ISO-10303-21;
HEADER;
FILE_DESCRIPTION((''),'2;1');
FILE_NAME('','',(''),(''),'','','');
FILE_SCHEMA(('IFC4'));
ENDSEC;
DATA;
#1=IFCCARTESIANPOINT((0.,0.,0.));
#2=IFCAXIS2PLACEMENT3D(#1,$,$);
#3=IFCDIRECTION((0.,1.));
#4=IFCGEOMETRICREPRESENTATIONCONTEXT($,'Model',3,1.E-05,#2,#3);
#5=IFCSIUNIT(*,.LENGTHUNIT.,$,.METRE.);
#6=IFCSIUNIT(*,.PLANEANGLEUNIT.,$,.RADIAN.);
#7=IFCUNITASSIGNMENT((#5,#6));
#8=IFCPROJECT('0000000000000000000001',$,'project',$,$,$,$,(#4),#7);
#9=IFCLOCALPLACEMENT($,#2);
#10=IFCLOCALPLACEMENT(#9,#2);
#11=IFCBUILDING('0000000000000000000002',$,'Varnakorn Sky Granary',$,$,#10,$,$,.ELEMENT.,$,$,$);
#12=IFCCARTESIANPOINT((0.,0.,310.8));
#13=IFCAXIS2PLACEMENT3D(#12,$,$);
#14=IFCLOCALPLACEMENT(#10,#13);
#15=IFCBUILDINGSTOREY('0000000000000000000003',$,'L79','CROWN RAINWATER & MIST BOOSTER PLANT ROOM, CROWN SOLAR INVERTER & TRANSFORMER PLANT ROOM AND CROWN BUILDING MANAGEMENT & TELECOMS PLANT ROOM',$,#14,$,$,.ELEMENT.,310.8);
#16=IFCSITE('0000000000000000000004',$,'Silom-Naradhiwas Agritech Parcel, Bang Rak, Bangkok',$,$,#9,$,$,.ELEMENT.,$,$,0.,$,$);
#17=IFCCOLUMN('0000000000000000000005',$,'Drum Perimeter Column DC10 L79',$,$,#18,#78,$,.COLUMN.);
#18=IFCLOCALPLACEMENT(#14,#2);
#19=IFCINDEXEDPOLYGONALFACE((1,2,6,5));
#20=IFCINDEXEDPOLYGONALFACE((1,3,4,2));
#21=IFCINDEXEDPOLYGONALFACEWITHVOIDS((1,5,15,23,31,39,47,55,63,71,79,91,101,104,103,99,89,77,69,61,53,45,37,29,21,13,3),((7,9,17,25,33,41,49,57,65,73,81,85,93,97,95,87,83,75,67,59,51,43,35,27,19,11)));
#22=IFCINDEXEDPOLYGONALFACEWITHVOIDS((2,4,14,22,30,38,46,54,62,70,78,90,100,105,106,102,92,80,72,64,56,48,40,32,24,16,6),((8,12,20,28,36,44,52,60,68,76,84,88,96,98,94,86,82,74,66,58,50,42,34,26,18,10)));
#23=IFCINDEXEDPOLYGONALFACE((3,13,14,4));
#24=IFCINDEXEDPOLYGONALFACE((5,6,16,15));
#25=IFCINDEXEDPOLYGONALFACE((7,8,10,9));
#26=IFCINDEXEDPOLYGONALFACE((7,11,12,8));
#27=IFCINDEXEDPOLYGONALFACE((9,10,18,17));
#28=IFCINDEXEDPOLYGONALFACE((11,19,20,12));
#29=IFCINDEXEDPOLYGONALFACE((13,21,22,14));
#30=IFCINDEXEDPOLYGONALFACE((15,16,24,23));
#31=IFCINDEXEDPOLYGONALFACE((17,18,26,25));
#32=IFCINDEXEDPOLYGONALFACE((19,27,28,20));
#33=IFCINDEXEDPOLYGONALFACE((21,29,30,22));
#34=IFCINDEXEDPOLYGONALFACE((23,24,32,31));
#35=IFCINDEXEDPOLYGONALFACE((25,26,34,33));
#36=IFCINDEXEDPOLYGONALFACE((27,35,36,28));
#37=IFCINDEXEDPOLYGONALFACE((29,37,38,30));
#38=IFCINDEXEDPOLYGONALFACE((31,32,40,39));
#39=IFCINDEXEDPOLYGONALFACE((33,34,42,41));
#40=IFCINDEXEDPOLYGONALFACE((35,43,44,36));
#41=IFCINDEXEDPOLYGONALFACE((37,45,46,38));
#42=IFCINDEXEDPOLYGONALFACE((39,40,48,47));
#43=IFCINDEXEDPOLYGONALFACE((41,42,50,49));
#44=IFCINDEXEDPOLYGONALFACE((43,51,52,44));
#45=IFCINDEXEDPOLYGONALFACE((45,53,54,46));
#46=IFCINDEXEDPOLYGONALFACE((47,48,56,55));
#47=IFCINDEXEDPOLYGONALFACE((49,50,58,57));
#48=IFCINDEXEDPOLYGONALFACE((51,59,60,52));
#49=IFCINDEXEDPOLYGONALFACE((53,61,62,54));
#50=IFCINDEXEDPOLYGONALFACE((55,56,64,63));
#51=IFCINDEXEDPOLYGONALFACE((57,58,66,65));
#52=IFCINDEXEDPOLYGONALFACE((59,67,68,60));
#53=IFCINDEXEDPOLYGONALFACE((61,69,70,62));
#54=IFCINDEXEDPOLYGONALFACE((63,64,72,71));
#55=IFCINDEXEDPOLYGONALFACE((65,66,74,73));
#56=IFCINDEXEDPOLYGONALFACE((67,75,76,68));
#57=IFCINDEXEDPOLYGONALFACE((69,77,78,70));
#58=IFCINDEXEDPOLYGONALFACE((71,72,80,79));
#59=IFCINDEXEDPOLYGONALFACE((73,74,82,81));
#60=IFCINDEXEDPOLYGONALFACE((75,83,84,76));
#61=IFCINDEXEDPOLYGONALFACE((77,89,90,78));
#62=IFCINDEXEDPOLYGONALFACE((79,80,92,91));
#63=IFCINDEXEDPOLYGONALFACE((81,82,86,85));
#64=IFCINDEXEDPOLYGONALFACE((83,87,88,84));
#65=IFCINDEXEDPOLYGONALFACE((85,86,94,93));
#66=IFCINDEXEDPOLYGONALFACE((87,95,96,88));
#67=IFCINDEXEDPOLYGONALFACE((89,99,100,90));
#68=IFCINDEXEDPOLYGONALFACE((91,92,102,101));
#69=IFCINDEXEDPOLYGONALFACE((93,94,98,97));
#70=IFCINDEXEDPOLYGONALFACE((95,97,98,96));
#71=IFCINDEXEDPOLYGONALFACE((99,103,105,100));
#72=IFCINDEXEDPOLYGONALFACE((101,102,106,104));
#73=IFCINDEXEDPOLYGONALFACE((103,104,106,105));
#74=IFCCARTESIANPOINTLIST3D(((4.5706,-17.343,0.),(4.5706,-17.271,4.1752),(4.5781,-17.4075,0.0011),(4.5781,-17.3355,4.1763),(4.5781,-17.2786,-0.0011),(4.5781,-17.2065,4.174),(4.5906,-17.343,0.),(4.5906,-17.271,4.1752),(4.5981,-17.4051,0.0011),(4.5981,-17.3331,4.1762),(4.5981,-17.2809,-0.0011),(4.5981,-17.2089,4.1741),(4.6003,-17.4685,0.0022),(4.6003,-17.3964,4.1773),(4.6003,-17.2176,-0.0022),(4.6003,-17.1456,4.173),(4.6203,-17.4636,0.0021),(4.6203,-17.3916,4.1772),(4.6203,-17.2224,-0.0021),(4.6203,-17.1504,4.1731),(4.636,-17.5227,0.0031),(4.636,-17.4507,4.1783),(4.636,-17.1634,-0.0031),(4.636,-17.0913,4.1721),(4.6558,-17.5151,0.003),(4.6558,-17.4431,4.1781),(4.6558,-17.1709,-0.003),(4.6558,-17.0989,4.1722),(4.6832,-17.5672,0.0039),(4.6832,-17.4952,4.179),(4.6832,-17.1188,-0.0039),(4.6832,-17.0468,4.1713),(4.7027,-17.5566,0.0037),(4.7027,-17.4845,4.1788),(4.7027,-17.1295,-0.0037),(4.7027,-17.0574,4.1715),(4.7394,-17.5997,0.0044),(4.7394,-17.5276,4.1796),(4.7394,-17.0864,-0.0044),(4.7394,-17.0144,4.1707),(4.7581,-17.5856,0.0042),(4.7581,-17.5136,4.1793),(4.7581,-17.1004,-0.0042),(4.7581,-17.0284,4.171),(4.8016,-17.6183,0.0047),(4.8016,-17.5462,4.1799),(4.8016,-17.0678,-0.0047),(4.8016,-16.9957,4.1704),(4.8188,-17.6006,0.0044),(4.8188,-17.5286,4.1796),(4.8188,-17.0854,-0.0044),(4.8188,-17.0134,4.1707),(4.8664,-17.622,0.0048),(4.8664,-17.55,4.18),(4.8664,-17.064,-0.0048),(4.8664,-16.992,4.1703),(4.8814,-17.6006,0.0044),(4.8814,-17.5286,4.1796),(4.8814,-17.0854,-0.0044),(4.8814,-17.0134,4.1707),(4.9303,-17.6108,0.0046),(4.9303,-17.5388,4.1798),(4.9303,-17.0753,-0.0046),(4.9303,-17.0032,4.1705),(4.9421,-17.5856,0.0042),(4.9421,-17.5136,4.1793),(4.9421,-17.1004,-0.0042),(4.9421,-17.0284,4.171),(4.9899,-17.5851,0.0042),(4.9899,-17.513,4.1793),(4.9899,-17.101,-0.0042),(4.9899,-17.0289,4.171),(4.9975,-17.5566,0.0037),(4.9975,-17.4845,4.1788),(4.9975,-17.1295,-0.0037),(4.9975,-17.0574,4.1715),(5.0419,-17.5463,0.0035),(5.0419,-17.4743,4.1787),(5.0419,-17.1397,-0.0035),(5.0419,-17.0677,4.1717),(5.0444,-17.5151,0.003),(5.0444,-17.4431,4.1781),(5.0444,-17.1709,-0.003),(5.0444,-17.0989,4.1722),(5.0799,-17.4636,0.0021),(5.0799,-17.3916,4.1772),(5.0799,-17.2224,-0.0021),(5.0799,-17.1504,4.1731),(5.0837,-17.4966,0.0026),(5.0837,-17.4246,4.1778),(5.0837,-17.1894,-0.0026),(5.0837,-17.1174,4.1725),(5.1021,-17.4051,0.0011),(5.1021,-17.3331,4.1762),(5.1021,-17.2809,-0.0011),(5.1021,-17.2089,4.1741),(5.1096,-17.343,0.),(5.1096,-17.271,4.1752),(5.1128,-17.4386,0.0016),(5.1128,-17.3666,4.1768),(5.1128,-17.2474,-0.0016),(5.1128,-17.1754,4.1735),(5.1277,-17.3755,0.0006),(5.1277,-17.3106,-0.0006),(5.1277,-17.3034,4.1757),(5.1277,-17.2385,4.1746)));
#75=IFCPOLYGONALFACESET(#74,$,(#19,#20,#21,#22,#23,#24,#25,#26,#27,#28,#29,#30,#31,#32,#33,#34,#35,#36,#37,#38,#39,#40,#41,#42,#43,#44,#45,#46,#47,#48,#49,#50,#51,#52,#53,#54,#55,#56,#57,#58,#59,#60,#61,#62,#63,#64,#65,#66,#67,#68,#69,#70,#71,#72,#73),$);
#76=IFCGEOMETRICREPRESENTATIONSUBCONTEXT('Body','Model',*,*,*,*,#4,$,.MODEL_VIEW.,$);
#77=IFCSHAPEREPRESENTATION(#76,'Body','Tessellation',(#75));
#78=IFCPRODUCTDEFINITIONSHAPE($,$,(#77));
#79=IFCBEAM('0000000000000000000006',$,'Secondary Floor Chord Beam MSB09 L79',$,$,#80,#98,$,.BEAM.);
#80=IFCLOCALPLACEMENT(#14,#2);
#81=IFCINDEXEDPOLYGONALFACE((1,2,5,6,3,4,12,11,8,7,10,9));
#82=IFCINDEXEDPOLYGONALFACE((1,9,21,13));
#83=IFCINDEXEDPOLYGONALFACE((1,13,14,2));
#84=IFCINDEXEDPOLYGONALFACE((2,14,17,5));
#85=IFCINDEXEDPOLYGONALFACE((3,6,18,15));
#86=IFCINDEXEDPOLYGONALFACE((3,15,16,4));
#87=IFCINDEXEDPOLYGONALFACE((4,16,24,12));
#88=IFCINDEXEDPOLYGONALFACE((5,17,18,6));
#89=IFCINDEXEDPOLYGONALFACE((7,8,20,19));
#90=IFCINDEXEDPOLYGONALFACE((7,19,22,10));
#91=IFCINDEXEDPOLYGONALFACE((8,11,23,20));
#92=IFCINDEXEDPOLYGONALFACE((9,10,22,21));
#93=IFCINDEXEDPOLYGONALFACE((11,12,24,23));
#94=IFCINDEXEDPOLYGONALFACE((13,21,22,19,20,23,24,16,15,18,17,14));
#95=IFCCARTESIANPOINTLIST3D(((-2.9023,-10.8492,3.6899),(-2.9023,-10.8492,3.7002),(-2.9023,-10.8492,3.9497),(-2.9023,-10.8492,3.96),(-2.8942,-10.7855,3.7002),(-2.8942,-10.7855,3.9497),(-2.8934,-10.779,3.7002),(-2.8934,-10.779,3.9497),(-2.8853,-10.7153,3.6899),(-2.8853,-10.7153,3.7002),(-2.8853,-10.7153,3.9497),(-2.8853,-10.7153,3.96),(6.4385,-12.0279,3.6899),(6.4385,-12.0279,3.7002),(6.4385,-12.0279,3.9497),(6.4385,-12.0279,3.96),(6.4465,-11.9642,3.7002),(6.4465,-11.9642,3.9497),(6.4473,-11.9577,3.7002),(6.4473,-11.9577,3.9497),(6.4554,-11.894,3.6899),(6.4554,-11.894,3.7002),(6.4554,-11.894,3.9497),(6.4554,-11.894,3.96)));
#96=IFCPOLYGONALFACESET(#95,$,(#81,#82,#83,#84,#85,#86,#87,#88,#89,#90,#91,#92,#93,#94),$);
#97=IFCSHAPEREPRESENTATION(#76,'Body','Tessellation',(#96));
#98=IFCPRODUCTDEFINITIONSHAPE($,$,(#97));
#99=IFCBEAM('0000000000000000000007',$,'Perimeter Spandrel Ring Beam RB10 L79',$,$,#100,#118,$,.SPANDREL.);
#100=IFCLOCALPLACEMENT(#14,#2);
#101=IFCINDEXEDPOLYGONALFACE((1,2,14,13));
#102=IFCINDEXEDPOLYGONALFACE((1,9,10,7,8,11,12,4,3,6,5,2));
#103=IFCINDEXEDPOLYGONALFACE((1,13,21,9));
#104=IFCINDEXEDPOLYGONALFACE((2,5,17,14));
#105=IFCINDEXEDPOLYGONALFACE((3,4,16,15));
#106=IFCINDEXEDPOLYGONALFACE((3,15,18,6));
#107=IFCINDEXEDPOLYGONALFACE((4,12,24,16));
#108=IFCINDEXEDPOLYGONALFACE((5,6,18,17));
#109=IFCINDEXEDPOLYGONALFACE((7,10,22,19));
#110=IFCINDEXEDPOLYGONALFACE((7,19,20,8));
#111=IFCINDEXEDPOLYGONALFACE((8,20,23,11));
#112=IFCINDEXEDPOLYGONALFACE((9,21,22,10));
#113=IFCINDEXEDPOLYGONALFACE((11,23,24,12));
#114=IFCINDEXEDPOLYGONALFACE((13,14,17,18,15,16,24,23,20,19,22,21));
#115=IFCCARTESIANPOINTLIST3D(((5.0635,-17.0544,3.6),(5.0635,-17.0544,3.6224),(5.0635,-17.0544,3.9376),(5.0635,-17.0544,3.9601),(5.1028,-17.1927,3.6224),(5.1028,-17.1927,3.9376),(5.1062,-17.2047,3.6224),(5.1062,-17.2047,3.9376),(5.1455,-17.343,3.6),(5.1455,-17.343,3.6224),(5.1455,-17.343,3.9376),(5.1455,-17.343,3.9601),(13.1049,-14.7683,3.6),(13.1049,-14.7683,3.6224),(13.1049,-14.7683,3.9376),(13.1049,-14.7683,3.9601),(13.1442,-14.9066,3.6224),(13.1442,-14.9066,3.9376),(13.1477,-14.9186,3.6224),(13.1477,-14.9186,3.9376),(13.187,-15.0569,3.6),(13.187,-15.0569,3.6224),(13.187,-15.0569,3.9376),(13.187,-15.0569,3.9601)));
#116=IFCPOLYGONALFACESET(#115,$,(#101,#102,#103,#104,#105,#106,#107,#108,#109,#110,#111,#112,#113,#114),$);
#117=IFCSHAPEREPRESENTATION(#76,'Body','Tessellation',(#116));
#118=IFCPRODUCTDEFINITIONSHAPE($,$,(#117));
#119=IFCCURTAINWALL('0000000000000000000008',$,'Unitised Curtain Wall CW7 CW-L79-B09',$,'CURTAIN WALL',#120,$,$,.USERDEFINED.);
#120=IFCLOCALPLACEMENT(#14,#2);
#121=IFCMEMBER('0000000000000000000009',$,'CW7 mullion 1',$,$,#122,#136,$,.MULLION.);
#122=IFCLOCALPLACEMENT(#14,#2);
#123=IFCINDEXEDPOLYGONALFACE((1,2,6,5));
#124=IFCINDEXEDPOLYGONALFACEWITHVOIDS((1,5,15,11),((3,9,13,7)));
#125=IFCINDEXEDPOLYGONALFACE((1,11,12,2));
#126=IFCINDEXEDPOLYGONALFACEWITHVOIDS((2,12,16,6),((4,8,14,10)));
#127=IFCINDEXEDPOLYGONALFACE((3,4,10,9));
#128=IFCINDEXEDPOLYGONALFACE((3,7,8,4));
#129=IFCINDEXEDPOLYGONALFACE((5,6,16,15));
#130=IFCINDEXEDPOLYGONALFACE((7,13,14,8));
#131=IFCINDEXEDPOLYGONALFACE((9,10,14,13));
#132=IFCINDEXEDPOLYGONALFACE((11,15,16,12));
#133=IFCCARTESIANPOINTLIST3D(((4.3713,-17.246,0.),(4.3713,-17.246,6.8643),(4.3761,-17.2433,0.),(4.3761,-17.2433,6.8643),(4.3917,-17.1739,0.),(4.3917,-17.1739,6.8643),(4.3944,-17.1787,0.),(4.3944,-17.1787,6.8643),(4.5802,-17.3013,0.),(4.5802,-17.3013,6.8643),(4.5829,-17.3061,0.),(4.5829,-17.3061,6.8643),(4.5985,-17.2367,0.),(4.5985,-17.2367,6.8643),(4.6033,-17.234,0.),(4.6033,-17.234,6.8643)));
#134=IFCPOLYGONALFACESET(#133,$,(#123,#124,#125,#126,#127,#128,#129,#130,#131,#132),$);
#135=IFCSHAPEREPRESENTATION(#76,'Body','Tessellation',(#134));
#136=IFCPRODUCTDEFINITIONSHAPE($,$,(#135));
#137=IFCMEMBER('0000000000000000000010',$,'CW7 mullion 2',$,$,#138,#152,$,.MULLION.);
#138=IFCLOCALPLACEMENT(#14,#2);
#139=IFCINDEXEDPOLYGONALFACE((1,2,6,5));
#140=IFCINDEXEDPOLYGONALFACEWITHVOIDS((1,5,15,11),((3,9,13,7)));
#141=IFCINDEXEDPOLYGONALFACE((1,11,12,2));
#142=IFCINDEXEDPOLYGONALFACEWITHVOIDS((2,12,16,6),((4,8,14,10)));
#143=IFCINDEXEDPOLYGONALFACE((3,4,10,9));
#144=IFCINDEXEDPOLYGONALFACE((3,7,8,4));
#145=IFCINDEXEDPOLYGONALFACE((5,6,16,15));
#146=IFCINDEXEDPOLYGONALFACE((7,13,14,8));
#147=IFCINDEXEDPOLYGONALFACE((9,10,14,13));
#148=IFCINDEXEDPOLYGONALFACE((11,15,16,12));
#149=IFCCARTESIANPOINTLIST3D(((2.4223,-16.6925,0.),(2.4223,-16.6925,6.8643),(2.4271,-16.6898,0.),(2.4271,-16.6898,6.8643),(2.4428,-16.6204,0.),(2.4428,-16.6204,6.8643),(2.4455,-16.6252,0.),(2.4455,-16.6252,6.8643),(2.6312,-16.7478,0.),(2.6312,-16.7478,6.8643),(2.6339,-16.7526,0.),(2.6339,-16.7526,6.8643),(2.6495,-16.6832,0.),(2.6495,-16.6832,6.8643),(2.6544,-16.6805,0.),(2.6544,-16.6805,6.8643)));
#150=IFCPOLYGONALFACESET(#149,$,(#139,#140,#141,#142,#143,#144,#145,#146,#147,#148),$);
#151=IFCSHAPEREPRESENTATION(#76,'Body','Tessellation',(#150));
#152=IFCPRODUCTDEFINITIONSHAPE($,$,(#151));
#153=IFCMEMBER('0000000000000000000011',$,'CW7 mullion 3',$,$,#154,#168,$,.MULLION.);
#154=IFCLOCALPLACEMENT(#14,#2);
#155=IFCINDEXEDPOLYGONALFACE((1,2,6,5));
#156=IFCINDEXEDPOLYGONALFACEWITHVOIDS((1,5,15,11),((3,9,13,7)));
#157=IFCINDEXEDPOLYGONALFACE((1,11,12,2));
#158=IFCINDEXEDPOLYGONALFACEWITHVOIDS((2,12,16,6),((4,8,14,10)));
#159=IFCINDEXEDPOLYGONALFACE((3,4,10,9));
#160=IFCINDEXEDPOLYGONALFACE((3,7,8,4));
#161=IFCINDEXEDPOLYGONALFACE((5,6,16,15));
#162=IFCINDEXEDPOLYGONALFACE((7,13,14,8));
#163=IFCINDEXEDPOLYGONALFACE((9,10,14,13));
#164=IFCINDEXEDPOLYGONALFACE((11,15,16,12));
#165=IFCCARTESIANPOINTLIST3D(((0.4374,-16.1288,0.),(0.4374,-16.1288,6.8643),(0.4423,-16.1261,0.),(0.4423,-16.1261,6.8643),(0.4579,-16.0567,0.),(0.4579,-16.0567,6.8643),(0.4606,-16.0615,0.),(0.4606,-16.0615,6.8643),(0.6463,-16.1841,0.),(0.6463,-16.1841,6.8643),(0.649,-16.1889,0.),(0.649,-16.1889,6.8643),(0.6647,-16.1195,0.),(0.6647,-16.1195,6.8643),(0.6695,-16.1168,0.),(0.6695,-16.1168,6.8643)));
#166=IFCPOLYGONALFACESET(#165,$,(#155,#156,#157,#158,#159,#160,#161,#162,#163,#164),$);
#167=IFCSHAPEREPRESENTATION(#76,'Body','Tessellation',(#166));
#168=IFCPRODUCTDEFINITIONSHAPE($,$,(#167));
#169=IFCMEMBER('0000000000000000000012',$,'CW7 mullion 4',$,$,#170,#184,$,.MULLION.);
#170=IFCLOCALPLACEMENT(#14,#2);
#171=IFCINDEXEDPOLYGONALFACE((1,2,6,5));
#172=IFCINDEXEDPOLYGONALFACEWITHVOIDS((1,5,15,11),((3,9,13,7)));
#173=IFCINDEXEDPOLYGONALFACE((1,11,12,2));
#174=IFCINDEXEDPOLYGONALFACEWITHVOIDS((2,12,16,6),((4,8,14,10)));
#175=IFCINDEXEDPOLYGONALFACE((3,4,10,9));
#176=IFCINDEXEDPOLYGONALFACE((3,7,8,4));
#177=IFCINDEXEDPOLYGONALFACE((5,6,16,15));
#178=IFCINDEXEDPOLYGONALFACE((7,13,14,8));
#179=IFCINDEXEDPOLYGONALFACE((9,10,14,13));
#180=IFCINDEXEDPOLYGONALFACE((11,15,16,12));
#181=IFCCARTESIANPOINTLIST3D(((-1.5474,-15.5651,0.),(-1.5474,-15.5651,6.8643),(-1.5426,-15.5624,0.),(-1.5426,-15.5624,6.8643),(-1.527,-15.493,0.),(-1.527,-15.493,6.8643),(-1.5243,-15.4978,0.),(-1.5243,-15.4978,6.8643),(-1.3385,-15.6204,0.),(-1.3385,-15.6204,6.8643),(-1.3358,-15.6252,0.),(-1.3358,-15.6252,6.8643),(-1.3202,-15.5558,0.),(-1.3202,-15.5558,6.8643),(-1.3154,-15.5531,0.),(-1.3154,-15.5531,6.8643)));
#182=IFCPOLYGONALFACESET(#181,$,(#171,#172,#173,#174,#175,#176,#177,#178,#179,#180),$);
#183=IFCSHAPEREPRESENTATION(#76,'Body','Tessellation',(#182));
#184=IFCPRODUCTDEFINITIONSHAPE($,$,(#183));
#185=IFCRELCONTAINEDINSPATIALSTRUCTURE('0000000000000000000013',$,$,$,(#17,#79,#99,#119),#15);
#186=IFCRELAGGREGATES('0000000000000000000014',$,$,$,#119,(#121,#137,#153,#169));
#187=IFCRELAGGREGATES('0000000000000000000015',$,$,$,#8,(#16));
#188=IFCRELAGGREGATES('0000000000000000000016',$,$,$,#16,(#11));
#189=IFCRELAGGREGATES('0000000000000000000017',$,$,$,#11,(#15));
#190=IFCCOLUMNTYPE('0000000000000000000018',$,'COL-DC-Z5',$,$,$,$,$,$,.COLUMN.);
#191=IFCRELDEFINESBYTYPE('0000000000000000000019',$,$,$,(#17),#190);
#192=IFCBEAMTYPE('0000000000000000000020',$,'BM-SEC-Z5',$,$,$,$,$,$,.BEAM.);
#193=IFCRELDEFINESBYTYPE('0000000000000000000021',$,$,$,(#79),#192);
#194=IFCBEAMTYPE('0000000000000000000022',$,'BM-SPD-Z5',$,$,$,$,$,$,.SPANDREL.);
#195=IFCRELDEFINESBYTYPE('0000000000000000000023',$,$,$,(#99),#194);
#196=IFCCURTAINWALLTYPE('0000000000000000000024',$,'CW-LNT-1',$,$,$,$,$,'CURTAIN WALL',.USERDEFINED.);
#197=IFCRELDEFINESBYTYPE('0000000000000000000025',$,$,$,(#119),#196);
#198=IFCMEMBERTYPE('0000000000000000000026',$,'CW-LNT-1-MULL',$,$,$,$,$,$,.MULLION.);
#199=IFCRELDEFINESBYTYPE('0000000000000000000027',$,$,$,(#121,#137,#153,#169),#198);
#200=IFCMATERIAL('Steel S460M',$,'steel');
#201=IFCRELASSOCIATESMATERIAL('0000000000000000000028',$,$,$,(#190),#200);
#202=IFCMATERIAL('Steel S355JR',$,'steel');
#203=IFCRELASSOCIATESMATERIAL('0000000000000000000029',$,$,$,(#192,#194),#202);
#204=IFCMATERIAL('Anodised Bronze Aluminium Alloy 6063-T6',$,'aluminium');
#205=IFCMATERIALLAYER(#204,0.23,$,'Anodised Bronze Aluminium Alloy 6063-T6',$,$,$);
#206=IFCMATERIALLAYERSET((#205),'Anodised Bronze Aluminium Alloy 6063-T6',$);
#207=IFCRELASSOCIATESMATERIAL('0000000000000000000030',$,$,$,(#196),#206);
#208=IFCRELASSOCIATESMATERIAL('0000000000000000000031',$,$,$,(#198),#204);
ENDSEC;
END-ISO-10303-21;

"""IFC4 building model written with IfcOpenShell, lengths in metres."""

from ifc_helpers import new_model, si_unit, direction, frame, origin, origin_2d, place, context, subcontext, project, spatial, hollow_rectangle, hollow_circle, i_section, extrude, material, layer, layer_set, material_profile, profile_set, type_object, element, aggregate, save


model = new_model("IFC4")

# Units and contexts
model_context = context("Model", 3, precision=1e-05, world=origin(), true_north=direction((0.0, 1.0)))
body_context = subcontext(model_context, "Body", "Model", "MODEL_VIEW")
ifc_project = project(units=[si_unit("LENGTHUNIT", "METRE"), si_unit("PLANEANGLEUNIT", "RADIAN")], contexts=[model_context])

# Site, building, storey
site_placement = place(None, origin())
site = spatial("IfcSite", under=ifc_project, at=site_placement, Name="Silom-Naradhiwas Agritech Parcel, Bang Rak, Bangkok", CompositionType="ELEMENT", RefElevation=0.0)
building_placement = place(site_placement, origin())
building = spatial("IfcBuilding", under=site, at=building_placement, Name="Varnakorn Sky Granary", CompositionType="ELEMENT")
storey_placement = place(building_placement, frame((0.0, 0.0, 310.8)))
storey = spatial("IfcBuildingStorey", under=building, at=storey_placement, Name="L79", Description="CROWN RAINWATER & MIST BOOSTER PLANT ROOM, CROWN SOLAR INVERTER & TRANSFORMER PLANT ROOM AND CROWN BUILDING MANAGEMENT & TELECOMS PLANT ROOM", CompositionType="ELEMENT", Elevation=310.8)

# Column
ifc_material_1 = material(Name="Steel S460M", Category="steel")
ifc_material_profile_1 = material_profile(ifc_material_1, hollow_circle(Radius=0.2795, WallThickness=0.02, at=origin_2d()), Name="CHS 559x20")
ifc_profile_set_1 = profile_set([ifc_material_profile_1], Name="Steel S460M")
column_type = type_object("IfcColumnType", Name="COL-DC-Z5", PredefinedType="COLUMN", material=ifc_profile_set_1)
column_placement = place(storey_placement, frame((4.8501, -17.343, 0.0), z_axis=(0.0, 0.017248, 0.999851), x_axis=(-1.0, 0.0, 0.0)))
element("IfcColumn", 1, at=column_placement, inside=storey, type_object=column_type, Name="Drum Perimeter Column DC10 L79", PredefinedType="COLUMN", context=body_context, shape_type="SweptSolid", body=[
    extrude(hollow_circle(Radius=0.2795, WallThickness=0.02, at=origin_2d()), origin(), (0.0, 0.0, 1.0), 4.1758),
])

# Beams
ifc_material_2 = material(Name="Steel S355JR", Category="steel")
ifc_material_profile_2 = material_profile(ifc_material_2, i_section(OverallWidth=0.135, OverallDepth=0.27, WebThickness=0.0066, FlangeThickness=0.0103, at=origin_2d()), Name="IPE 270")
ifc_profile_set_2 = profile_set([ifc_material_profile_2], Name="Steel S355JR")
beam_type_1 = type_object("IfcBeamType", Name="BM-SEC-Z5", PredefinedType="BEAM", material=ifc_profile_set_2)
beam_1_placement = place(storey_placement, frame((-2.8938, -10.7822, 3.825), z_axis=(0.992132, -0.125196, 0.0), x_axis=(0.125196, 0.992132, 0.0)))
element("IfcBeam", 2, at=beam_1_placement, inside=storey, type_object=beam_type_1, Name="Secondary Floor Chord Beam MSB09 L79", PredefinedType="BEAM", context=body_context, shape_type="SweptSolid", body=[
    extrude(i_section(OverallWidth=0.135, OverallDepth=0.27, WebThickness=0.0066, FlangeThickness=0.0103, at=origin_2d()), origin(), (0.0, 0.0, 1.0), 9.4148),
])
ifc_material_profile_3 = material_profile(ifc_material_2, i_section(OverallWidth=0.3, OverallDepth=0.3601, WebThickness=0.0125, FlangeThickness=0.0225, at=origin_2d()), Name="HE 360 B")
ifc_profile_set_3 = profile_set([ifc_material_profile_3], Name="Steel S355JR")
beam_type_2 = type_object("IfcBeamType", Name="BM-SPD-Z5", PredefinedType="SPANDREL", material=ifc_profile_set_3)
beam_2_placement = place(storey_placement, frame((5.1045, -17.1987, 3.78), z_axis=(0.961885, 0.273456, 0.0), x_axis=(-0.273456, 0.961885, 0.0)))
element("IfcBeam", 3, at=beam_2_placement, inside=storey, type_object=beam_type_2, Name="Perimeter Spandrel Ring Beam RB10 L79", PredefinedType="SPANDREL", context=body_context, shape_type="SweptSolid", body=[
    extrude(i_section(OverallWidth=0.3, OverallDepth=0.3601, WebThickness=0.0125, FlangeThickness=0.0225, at=origin_2d()), origin(), (0.0, 0.0, 1.0), 8.3601),
])

# Curtain wall, members
ifc_material_3 = material(Name="Anodised Bronze Aluminium Alloy 6063-T6", Category="aluminium")
ifc_layer_1 = layer(ifc_material_3, 0.23, Name="Anodised Bronze Aluminium Alloy 6063-T6")
ifc_layer_set_1 = layer_set([ifc_layer_1], Name="Anodised Bronze Aluminium Alloy 6063-T6")
curtain_wall_type = type_object("IfcCurtainWallType", Name="CW-LNT-1", ElementType="CURTAIN WALL", PredefinedType="USERDEFINED", material=ifc_layer_set_1)
curtain_wall_1_placement = place(storey_placement, origin())
curtain_wall_1 = element("IfcCurtainWall", 4, at=curtain_wall_1_placement, inside=storey, type_object=curtain_wall_type, Name="Unitised Curtain Wall CW7 CW-L79-B09", ObjectType="CURTAIN WALL", PredefinedType="USERDEFINED")
ifc_material_profile_4 = material_profile(ifc_material_3, hollow_rectangle(XDim=0.075, YDim=0.22, WallThickness=0.0039, at=origin_2d()), Name="ALU MULL 75x220")
ifc_profile_set_4 = profile_set([ifc_material_profile_4], Name="Anodised Bronze Aluminium Alloy 6063-T6")
member_type_1 = type_object("IfcMemberType", Name="CW-LNT-1-MULL", PredefinedType="MULLION", material=ifc_profile_set_4)
member_1_placement = place(storey_placement, frame((4.4873, -17.24, 0.0), z_axis=(0.0, 0.0, 1.0), x_axis=(-0.273207, -0.961955, 0.0)))
member_1 = element("IfcMember", 5, at=member_1_placement, type_object=member_type_1, Name="CW7 mullion 1", PredefinedType="MULLION", context=body_context, shape_type="SweptSolid", body=[
    extrude(hollow_rectangle(XDim=0.075, YDim=0.22, WallThickness=0.0039, at=origin_2d()), origin(), (0.0, 0.0, 1.0), 6.8643),
])
member_2_placement = place(storey_placement, frame((2.5383, -16.6865, 0.0), z_axis=(0.0, 0.0, 1.0), x_axis=(-0.273207, -0.961955, 0.0)))
member_2 = element("IfcMember", 6, at=member_2_placement, type_object=member_type_1, Name="CW7 mullion 2", PredefinedType="MULLION", context=body_context, shape_type="SweptSolid", body=[
    extrude(hollow_rectangle(XDim=0.075, YDim=0.22, WallThickness=0.0039, at=origin_2d()), origin(), (0.0, 0.0, 1.0), 6.8643),
])
member_3_placement = place(storey_placement, frame((0.5535, -16.1228, 0.0), z_axis=(0.0, 0.0, 1.0), x_axis=(-0.273207, -0.961955, 0.0)))
member_3 = element("IfcMember", 7, at=member_3_placement, type_object=member_type_1, Name="CW7 mullion 3", PredefinedType="MULLION", context=body_context, shape_type="SweptSolid", body=[
    extrude(hollow_rectangle(XDim=0.075, YDim=0.22, WallThickness=0.0039, at=origin_2d()), origin(), (0.0, 0.0, 1.0), 6.8643),
])
member_4_placement = place(storey_placement, frame((-1.4314, -15.5591, 0.0), z_axis=(0.0, 0.0, 1.0), x_axis=(-0.273207, -0.961955, 0.0)))
member_4 = element("IfcMember", 8, at=member_4_placement, type_object=member_type_1, Name="CW7 mullion 4", PredefinedType="MULLION", context=body_context, shape_type="SweptSolid", body=[
    extrude(hollow_rectangle(XDim=0.075, YDim=0.22, WallThickness=0.0039, at=origin_2d()), origin(), (0.0, 0.0, 1.0), 6.8643),
])

aggregate(curtain_wall_1, [member_1, member_2, member_3, member_4])

save(model, "model.ifc")
